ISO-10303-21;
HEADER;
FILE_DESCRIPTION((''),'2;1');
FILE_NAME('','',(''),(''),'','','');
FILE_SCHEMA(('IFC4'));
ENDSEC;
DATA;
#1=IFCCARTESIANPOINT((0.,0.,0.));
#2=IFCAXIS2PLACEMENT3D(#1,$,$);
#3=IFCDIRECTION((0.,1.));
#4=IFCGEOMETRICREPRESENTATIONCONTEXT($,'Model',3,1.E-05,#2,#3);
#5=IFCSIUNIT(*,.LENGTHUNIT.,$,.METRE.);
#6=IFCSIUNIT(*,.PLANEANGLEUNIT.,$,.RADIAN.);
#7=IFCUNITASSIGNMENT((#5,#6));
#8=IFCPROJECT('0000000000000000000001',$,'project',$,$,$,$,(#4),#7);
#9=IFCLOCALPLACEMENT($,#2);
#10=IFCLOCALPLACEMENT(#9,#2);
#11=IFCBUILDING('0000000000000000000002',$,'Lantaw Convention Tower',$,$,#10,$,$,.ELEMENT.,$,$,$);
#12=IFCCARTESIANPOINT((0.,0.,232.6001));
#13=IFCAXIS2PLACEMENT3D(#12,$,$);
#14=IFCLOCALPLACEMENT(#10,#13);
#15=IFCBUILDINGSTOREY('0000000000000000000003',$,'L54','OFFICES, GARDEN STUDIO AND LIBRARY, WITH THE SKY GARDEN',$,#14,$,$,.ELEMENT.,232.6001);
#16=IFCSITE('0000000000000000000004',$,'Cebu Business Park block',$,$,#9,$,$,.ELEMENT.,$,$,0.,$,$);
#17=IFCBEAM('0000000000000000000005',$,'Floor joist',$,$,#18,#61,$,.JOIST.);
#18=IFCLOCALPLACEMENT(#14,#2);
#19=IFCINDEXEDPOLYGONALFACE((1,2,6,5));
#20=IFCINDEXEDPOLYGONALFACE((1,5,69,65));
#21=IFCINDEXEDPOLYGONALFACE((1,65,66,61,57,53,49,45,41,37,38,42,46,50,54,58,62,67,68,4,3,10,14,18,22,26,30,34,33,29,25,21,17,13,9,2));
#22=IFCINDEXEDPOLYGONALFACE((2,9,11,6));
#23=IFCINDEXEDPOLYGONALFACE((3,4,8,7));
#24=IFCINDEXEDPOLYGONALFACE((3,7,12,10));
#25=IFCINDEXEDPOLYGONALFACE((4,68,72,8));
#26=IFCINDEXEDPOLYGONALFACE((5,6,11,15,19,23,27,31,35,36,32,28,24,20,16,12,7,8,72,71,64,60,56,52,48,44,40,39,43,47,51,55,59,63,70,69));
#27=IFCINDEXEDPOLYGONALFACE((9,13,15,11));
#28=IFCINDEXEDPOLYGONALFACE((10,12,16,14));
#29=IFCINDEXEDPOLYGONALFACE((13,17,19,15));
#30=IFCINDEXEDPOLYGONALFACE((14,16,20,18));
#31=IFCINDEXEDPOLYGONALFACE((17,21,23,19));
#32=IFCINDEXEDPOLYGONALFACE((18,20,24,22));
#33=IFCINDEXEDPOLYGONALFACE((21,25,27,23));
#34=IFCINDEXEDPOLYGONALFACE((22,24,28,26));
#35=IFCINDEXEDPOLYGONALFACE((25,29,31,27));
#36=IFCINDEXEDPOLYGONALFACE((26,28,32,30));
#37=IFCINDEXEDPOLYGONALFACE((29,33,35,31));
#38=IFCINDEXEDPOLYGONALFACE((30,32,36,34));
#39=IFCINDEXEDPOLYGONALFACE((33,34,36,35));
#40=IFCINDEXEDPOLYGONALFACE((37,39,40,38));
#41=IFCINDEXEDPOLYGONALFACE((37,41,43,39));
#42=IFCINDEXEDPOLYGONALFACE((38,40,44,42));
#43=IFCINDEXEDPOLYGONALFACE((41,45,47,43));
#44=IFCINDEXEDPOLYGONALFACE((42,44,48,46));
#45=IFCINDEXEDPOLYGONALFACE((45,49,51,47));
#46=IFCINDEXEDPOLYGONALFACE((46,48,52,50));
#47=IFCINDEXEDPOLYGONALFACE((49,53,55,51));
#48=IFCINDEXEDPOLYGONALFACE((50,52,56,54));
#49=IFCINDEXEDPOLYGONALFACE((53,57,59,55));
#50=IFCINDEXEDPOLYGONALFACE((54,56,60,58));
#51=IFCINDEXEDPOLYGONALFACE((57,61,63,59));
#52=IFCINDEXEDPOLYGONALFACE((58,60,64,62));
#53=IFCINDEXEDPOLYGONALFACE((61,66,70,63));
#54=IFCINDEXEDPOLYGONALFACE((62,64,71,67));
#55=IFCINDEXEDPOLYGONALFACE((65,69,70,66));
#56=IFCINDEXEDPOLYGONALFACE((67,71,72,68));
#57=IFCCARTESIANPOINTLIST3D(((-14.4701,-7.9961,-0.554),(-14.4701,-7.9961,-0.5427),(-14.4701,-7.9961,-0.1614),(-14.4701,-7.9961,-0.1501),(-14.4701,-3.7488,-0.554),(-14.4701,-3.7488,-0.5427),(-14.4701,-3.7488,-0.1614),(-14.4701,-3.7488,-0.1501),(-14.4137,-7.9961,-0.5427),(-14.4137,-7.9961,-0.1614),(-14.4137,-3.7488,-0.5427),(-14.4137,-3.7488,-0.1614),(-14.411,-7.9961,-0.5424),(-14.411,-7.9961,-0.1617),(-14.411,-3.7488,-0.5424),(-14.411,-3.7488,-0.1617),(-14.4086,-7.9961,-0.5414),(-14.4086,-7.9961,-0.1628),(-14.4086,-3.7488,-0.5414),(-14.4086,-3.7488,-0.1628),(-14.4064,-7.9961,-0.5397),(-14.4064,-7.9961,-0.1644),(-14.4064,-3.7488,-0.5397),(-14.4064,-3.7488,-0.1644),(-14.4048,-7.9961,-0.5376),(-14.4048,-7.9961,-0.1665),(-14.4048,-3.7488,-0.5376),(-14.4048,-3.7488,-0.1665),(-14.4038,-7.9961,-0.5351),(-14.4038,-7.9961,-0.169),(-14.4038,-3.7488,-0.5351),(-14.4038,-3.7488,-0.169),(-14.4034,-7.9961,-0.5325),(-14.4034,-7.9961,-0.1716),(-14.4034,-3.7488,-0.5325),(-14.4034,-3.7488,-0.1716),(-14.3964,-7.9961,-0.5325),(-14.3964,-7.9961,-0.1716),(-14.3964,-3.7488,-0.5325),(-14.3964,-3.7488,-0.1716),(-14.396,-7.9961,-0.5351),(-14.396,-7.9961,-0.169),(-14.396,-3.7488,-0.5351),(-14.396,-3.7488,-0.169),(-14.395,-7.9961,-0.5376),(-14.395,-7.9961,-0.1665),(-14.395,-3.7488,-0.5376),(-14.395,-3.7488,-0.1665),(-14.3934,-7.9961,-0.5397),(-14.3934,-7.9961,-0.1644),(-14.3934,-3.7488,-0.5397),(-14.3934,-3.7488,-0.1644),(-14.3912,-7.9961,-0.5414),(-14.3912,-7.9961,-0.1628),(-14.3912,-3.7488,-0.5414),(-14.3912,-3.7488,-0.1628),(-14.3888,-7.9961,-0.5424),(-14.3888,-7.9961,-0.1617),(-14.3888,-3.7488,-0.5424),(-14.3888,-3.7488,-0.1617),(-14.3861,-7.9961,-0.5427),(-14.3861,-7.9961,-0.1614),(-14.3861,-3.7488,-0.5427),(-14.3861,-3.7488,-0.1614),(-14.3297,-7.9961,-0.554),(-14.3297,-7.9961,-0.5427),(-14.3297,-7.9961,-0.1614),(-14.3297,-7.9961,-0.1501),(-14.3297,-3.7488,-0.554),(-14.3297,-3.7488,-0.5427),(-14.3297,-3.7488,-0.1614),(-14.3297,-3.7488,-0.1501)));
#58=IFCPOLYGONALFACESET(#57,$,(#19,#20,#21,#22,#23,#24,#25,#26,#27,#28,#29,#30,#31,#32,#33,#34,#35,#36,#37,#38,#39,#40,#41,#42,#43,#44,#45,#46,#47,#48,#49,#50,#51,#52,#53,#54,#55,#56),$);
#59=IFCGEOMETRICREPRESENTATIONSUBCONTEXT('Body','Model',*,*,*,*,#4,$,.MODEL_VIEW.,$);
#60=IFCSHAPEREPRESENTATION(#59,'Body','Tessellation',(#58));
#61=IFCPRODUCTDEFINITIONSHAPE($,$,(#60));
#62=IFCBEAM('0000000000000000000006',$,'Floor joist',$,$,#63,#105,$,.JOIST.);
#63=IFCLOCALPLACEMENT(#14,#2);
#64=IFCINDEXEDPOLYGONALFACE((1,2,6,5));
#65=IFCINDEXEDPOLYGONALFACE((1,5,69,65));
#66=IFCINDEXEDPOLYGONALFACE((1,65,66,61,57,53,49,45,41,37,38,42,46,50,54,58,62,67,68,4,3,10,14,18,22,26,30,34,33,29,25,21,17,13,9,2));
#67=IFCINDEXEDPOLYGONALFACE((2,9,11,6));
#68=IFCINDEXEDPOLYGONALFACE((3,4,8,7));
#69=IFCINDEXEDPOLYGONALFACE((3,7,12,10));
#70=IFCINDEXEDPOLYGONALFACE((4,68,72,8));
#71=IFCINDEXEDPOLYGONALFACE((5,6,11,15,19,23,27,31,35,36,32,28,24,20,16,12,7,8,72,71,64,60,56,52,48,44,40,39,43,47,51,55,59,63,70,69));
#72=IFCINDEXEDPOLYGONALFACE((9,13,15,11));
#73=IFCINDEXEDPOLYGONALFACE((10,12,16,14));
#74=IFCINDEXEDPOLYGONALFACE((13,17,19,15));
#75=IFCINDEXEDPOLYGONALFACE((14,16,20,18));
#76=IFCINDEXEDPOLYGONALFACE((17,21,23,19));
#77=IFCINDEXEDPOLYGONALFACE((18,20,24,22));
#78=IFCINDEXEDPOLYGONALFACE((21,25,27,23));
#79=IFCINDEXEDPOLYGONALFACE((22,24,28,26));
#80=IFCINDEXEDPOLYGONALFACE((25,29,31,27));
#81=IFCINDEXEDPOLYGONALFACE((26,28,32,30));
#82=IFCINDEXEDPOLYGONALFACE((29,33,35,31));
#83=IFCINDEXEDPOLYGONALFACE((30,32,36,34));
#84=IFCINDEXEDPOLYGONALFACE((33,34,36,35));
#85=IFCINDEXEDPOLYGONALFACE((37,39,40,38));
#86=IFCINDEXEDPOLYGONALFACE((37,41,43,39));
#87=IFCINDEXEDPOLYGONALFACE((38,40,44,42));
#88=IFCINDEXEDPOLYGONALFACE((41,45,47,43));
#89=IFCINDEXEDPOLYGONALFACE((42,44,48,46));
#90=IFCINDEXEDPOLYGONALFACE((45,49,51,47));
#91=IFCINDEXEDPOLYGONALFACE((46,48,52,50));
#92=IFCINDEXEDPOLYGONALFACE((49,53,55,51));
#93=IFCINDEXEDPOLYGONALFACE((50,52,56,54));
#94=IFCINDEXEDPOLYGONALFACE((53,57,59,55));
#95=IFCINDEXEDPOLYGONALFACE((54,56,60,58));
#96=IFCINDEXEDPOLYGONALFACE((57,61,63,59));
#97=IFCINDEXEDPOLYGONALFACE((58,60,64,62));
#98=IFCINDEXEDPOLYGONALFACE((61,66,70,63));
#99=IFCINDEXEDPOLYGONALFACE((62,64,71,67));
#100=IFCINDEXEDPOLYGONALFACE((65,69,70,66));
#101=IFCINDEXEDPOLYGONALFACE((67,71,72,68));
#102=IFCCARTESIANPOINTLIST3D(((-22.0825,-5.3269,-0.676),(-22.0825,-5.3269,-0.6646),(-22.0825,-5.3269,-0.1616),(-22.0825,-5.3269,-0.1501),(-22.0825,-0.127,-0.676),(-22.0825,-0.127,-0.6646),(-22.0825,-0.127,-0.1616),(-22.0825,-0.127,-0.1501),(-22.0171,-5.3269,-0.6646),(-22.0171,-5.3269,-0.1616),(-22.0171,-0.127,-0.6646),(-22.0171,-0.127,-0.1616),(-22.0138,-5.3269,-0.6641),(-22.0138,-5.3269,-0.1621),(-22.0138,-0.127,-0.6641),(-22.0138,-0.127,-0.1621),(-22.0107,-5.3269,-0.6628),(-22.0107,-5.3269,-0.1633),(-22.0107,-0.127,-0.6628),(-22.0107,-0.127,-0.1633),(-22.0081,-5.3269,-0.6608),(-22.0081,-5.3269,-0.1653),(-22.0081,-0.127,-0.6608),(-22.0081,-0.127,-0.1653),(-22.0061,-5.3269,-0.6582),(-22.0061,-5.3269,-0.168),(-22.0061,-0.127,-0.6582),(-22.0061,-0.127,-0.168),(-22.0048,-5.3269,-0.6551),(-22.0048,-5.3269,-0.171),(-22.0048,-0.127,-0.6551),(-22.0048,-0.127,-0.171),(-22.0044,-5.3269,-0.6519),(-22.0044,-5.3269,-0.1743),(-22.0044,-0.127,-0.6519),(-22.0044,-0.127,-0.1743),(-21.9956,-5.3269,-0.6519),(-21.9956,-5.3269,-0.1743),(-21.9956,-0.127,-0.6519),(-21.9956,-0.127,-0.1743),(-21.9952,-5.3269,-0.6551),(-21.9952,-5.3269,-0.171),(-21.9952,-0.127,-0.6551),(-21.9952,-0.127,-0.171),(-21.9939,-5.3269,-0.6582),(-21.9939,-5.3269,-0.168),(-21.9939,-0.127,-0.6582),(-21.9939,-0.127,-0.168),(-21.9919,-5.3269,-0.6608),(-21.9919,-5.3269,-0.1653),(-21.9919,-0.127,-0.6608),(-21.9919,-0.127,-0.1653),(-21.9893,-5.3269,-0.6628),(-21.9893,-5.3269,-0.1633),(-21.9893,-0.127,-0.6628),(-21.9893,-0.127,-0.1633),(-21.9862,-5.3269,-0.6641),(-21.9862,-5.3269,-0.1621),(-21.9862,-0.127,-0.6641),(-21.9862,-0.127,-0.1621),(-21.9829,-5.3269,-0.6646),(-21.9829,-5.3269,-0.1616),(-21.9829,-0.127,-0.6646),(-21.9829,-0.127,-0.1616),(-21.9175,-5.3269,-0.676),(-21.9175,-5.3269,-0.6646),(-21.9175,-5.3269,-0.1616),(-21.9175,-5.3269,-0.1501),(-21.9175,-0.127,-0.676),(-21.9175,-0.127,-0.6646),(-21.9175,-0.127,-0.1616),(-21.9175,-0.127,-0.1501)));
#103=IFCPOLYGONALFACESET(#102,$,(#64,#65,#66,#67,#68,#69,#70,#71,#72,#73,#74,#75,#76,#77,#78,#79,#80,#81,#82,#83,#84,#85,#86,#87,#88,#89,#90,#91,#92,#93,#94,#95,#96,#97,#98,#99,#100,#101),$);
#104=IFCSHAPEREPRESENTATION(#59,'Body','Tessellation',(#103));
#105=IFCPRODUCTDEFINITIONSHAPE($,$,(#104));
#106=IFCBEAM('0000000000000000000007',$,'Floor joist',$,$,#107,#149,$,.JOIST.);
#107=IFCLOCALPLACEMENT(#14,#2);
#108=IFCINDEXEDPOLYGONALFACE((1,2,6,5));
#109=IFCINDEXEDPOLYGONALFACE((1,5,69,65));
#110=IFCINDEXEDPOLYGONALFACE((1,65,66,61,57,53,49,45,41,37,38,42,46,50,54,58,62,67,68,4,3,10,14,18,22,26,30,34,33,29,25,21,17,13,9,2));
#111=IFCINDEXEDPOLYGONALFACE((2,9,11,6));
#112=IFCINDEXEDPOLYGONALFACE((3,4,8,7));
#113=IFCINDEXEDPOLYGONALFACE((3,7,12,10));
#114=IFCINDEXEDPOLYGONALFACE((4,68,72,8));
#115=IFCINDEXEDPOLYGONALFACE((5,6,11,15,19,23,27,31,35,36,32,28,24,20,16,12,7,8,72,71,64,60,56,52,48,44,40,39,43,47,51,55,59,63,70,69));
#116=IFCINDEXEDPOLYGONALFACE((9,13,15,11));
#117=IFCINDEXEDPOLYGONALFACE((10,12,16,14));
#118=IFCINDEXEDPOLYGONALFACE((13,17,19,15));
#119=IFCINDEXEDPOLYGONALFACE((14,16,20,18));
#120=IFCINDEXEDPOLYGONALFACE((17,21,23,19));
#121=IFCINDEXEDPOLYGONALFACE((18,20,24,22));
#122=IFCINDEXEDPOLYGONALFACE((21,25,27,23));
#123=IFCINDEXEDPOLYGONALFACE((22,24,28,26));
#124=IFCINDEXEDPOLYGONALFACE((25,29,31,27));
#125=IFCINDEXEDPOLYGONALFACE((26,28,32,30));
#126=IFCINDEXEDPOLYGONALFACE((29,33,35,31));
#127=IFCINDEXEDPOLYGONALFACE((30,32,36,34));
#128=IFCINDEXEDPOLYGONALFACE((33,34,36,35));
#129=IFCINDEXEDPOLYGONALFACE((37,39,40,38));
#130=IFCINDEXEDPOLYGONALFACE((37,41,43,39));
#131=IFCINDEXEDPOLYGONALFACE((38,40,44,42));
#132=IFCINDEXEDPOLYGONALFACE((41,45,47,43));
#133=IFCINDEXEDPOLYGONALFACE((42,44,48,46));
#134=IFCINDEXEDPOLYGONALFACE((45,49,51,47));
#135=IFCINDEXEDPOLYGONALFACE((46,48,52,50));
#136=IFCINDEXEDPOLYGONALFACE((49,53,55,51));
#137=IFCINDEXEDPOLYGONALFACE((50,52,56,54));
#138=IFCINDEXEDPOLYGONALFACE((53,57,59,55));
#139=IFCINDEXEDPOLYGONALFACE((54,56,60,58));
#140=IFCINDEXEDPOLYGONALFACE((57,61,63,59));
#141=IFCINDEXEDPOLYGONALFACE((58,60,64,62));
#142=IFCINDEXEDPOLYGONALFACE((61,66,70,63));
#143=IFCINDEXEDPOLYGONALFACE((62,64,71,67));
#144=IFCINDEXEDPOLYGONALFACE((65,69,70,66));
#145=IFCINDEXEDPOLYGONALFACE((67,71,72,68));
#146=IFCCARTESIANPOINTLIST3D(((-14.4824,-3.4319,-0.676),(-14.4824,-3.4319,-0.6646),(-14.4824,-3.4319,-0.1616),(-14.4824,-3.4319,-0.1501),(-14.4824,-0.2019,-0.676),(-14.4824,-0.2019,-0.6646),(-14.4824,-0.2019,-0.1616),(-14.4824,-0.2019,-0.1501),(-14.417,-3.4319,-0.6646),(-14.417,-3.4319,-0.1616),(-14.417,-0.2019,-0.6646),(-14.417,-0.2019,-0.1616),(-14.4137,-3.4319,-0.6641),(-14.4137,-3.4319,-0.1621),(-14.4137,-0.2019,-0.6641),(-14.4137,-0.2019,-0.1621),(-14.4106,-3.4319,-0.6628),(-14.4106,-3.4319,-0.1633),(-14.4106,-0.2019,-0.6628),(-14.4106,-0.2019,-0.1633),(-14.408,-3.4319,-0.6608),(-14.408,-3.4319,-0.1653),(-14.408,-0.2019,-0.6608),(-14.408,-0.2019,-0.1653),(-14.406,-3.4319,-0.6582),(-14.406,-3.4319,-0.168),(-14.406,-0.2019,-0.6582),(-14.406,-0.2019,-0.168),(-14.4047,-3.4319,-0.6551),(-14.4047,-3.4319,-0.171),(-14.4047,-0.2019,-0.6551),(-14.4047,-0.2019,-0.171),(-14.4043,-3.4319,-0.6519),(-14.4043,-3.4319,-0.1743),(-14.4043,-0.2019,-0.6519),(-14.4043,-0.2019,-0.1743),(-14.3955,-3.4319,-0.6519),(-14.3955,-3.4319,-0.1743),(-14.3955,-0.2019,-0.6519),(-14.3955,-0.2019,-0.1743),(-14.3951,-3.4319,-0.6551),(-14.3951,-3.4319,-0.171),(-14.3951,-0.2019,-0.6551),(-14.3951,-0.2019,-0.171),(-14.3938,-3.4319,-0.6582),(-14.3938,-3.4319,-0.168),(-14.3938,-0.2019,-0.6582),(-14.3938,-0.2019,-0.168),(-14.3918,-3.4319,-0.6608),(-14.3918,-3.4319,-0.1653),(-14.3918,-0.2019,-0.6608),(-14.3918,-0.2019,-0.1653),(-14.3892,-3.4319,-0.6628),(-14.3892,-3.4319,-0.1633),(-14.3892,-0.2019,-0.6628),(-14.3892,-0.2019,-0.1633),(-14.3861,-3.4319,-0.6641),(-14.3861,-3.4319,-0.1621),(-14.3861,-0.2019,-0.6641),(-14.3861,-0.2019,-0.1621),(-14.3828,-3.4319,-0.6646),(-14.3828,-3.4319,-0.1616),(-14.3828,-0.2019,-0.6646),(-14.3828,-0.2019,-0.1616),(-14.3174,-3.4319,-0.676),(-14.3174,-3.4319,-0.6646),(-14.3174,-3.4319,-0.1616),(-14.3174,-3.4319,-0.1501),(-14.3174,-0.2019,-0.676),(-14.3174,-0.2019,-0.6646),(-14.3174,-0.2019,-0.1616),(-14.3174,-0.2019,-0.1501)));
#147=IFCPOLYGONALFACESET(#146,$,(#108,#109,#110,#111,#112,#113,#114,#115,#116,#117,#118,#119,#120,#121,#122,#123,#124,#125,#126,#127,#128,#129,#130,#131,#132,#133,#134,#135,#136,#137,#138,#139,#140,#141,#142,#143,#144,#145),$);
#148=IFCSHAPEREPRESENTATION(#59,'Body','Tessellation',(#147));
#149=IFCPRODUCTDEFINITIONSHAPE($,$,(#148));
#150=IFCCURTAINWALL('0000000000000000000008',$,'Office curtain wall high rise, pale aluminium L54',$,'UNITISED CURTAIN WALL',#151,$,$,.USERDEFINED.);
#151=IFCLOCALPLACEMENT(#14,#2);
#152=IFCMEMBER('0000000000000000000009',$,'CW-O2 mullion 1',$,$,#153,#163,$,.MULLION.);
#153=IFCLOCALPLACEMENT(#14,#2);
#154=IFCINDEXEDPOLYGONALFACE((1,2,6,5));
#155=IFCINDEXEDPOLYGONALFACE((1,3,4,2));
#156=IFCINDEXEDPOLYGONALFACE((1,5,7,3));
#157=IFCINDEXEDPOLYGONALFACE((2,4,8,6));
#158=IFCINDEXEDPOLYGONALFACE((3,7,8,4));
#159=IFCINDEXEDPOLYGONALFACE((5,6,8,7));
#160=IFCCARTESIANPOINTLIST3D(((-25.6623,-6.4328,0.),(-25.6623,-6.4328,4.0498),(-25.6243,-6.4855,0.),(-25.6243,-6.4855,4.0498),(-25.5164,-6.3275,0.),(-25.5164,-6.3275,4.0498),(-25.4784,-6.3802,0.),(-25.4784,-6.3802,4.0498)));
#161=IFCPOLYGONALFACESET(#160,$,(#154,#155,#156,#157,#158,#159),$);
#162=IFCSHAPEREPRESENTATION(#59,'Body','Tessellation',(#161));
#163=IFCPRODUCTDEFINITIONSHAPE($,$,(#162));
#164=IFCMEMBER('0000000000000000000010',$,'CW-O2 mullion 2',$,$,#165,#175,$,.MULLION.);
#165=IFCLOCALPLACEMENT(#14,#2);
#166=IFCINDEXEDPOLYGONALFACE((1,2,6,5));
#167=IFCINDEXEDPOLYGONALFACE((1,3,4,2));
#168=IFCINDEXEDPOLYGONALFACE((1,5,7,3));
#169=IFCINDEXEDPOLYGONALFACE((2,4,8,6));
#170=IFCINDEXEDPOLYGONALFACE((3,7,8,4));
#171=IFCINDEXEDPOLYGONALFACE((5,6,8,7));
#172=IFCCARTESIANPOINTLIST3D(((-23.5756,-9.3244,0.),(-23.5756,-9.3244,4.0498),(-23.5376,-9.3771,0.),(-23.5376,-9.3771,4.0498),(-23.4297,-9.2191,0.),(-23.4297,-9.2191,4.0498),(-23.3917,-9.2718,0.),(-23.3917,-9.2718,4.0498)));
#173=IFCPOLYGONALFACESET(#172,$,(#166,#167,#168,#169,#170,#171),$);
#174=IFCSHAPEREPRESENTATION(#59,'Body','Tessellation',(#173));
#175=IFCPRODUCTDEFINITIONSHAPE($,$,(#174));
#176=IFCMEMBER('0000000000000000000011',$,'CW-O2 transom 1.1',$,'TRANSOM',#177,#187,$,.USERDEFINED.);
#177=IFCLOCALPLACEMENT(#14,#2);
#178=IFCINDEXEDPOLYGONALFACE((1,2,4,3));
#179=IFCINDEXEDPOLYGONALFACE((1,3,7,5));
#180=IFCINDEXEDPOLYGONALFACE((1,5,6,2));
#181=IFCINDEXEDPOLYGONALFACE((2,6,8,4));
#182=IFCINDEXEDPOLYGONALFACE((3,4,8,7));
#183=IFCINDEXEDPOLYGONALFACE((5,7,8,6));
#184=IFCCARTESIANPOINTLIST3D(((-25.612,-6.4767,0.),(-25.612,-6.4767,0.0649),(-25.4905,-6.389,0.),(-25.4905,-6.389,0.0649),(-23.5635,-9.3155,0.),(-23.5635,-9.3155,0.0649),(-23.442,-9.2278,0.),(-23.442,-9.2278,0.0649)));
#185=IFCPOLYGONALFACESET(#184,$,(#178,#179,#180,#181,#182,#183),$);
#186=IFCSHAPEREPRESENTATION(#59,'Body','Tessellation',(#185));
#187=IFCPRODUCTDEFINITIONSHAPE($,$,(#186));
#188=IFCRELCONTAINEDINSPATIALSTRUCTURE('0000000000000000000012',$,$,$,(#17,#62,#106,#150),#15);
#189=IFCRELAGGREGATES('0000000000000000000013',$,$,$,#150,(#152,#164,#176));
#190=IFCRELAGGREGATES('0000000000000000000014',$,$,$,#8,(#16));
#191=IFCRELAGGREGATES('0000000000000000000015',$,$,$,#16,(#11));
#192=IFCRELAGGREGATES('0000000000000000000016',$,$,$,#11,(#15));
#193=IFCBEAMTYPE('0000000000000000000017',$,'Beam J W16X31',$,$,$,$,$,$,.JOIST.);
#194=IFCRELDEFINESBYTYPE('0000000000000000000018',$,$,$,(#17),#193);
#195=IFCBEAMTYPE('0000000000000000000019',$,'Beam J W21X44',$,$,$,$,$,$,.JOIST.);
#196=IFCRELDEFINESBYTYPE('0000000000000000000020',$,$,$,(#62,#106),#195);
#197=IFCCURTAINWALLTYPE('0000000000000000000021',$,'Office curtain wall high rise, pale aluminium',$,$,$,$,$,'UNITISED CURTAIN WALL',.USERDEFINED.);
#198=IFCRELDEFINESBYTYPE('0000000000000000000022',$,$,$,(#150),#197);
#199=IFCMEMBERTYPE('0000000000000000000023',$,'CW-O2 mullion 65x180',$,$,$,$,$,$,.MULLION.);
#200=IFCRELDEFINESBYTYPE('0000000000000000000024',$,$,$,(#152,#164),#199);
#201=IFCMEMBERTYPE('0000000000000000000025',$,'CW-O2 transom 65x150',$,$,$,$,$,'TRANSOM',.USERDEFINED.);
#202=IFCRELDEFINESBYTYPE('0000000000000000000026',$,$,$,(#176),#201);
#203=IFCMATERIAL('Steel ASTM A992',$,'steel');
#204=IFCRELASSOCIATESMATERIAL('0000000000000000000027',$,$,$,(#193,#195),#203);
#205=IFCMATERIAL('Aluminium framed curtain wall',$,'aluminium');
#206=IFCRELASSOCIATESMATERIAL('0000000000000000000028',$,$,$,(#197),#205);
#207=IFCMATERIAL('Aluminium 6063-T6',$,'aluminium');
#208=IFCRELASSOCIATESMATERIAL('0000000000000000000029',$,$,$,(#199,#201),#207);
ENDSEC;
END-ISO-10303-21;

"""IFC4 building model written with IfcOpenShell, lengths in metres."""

from ifc_helpers import new_model, si_unit, direction, frame, origin, origin_2d, place, context, subcontext, project, spatial, rectangle, i_section, extrude, material, material_profile, profile_set, type_object, element, aggregate, save


model = new_model("IFC4")

# Units and contexts
model_context = context("Model", 3, precision=1e-05, world=origin(), true_north=direction((0.0, 1.0)))
body_context = subcontext(model_context, "Body", "Model", "MODEL_VIEW")
ifc_project = project(units=[si_unit("LENGTHUNIT", "METRE"), si_unit("PLANEANGLEUNIT", "RADIAN")], contexts=[model_context])

# Site, building, storey
site_placement = place(None, origin())
site = spatial("IfcSite", under=ifc_project, at=site_placement, Name="Cebu Business Park block", CompositionType="ELEMENT", RefElevation=0.0)
building_placement = place(site_placement, origin())
building = spatial("IfcBuilding", under=site, at=building_placement, Name="Lantaw Convention Tower", CompositionType="ELEMENT")
storey_placement = place(building_placement, frame((0.0, 0.0, 232.6001)))
storey = spatial("IfcBuildingStorey", under=building, at=storey_placement, Name="L54", Description="OFFICES, GARDEN STUDIO AND LIBRARY, WITH THE SKY GARDEN", CompositionType="ELEMENT", Elevation=232.6001)

# Beams
ifc_material_1 = material(Name="Steel ASTM A992", Category="steel")
ifc_material_profile_1 = material_profile(ifc_material_1, i_section(OverallWidth=0.1404, OverallDepth=0.4038, WebThickness=0.0071, FlangeThickness=0.0112, FilletRadius=0.0103, at=origin_2d()), Name="W16X31")
ifc_profile_set_1 = profile_set([ifc_material_profile_1], Name="Steel ASTM A992")
beam_type_1 = type_object("IfcBeamType", Name="Beam J W16X31", PredefinedType="JOIST", material=ifc_profile_set_1)
beam_1_placement = place(storey_placement, frame((-14.3999, -7.9961, -0.3521), z_axis=(0.0, 1.0, 0.0), x_axis=(-1.0, 0.0, 0.0)))
element("IfcBeam", 1, at=beam_1_placement, inside=storey, type_object=beam_type_1, Name="Floor joist", PredefinedType="JOIST", context=body_context, shape_type="SweptSolid", body=[
    extrude(i_section(OverallWidth=0.1404, OverallDepth=0.4038, WebThickness=0.0071, FlangeThickness=0.0112, FilletRadius=0.0103, at=origin_2d()), origin(), (0.0, 0.0, 1.0), 4.2473),
])
ifc_material_profile_2 = material_profile(ifc_material_1, i_section(OverallWidth=0.165, OverallDepth=0.5259, WebThickness=0.0088, FlangeThickness=0.0115, FilletRadius=0.0127, at=origin_2d()), Name="W21X44")
ifc_profile_set_2 = profile_set([ifc_material_profile_2], Name="Steel ASTM A992")
beam_type_2 = type_object("IfcBeamType", Name="Beam J W21X44", PredefinedType="JOIST", material=ifc_profile_set_2)
beam_2_placement = place(storey_placement, frame((-22.0, -5.3269, -0.4131), z_axis=(0.0, 1.0, 0.0), x_axis=(-1.0, 0.0, 0.0)))
element("IfcBeam", 2, at=beam_2_placement, inside=storey, type_object=beam_type_2, Name="Floor joist", PredefinedType="JOIST", context=body_context, shape_type="SweptSolid", body=[
    extrude(i_section(OverallWidth=0.165, OverallDepth=0.5259, WebThickness=0.0088, FlangeThickness=0.0115, FilletRadius=0.0127, at=origin_2d()), origin(), (0.0, 0.0, 1.0), 5.2),
])
beam_3_placement = place(storey_placement, frame((-14.3999, -3.4319, -0.4131), z_axis=(0.0, 1.0, 0.0), x_axis=(-1.0, 0.0, 0.0)))
element("IfcBeam", 3, at=beam_3_placement, inside=storey, type_object=beam_type_2, Name="Floor joist", PredefinedType="JOIST", context=body_context, shape_type="SweptSolid", body=[
    extrude(i_section(OverallWidth=0.165, OverallDepth=0.5259, WebThickness=0.0088, FlangeThickness=0.0115, FilletRadius=0.0127, at=origin_2d()), origin(), (0.0, 0.0, 1.0), 3.23),
])

# Curtain wall, members
ifc_material_2 = material(Name="Aluminium framed curtain wall", Category="aluminium")
curtain_wall_type = type_object("IfcCurtainWallType", Name="Office curtain wall high rise, pale aluminium", ElementType="UNITISED CURTAIN WALL", PredefinedType="USERDEFINED", material=ifc_material_2)
curtain_wall_placement = place(storey_placement, origin())
curtain_wall = element("IfcCurtainWall", 4, at=curtain_wall_placement, inside=storey, type_object=curtain_wall_type, Name="Office curtain wall high rise, pale aluminium L54", ObjectType="UNITISED CURTAIN WALL", PredefinedType="USERDEFINED")
ifc_material_3 = material(Name="Aluminium 6063-T6", Category="aluminium")
ifc_material_profile_3 = material_profile(ifc_material_3, rectangle(XDim=0.1799, YDim=0.0649, at=origin_2d()), Name="CW-O2 mullion 65x180")
ifc_profile_set_3 = profile_set([ifc_material_profile_3], Name="Aluminium 6063-T6")
member_type_1 = type_object("IfcMemberType", Name="CW-O2 mullion 65x180", PredefinedType="MULLION", material=ifc_profile_set_3)
member_1_placement = place(storey_placement, frame((-25.5703, -6.4065, 0.0), z_axis=(0.0, 0.0, 1.0), x_axis=(0.81092, 0.585158, 0.0)))
member_1 = element("IfcMember", 5, at=member_1_placement, type_object=member_type_1, Name="CW-O2 mullion 1", PredefinedType="MULLION", context=body_context, shape_type="SweptSolid", body=[
    extrude(rectangle(XDim=0.1799, YDim=0.0649, at=origin_2d()), origin(), (0.0, 0.0, 1.0), 4.0498),
])
member_2_placement = place(storey_placement, frame((-23.4836, -9.2981, 0.0), z_axis=(0.0, 0.0, 1.0), x_axis=(0.81092, 0.585158, 0.0)))
member_2 = element("IfcMember", 6, at=member_2_placement, type_object=member_type_1, Name="CW-O2 mullion 2", PredefinedType="MULLION", context=body_context, shape_type="SweptSolid", body=[
    extrude(rectangle(XDim=0.1799, YDim=0.0649, at=origin_2d()), origin(), (0.0, 0.0, 1.0), 4.0498),
])
ifc_material_profile_4 = material_profile(ifc_material_3, rectangle(XDim=0.1499, YDim=0.0649, at=origin_2d()), Name="CW-O2 transom 65x150")
ifc_profile_set_4 = profile_set([ifc_material_profile_4], Name="Aluminium 6063-T6")
member_type_2 = type_object("IfcMemberType", Name="CW-O2 transom 65x150", ElementType="TRANSOM", PredefinedType="USERDEFINED", material=ifc_profile_set_4)
member_3_placement = place(storey_placement, frame((-25.5513, -6.4329, 0.0325), z_axis=(0.58517, -0.810911, 0.0), x_axis=(0.810911, 0.58517, 0.0)))
member_3 = element("IfcMember", 7, at=member_3_placement, type_object=member_type_2, Name="CW-O2 transom 1.1", ObjectType="TRANSOM", PredefinedType="USERDEFINED", context=body_context, shape_type="SweptSolid", body=[
    extrude(rectangle(XDim=0.1499, YDim=0.0649, at=origin_2d()), origin(), (0.0, 0.0, 1.0), 3.5007),
])
aggregate(curtain_wall, [member_1, member_2, member_3])

save(model, "model.ifc")
